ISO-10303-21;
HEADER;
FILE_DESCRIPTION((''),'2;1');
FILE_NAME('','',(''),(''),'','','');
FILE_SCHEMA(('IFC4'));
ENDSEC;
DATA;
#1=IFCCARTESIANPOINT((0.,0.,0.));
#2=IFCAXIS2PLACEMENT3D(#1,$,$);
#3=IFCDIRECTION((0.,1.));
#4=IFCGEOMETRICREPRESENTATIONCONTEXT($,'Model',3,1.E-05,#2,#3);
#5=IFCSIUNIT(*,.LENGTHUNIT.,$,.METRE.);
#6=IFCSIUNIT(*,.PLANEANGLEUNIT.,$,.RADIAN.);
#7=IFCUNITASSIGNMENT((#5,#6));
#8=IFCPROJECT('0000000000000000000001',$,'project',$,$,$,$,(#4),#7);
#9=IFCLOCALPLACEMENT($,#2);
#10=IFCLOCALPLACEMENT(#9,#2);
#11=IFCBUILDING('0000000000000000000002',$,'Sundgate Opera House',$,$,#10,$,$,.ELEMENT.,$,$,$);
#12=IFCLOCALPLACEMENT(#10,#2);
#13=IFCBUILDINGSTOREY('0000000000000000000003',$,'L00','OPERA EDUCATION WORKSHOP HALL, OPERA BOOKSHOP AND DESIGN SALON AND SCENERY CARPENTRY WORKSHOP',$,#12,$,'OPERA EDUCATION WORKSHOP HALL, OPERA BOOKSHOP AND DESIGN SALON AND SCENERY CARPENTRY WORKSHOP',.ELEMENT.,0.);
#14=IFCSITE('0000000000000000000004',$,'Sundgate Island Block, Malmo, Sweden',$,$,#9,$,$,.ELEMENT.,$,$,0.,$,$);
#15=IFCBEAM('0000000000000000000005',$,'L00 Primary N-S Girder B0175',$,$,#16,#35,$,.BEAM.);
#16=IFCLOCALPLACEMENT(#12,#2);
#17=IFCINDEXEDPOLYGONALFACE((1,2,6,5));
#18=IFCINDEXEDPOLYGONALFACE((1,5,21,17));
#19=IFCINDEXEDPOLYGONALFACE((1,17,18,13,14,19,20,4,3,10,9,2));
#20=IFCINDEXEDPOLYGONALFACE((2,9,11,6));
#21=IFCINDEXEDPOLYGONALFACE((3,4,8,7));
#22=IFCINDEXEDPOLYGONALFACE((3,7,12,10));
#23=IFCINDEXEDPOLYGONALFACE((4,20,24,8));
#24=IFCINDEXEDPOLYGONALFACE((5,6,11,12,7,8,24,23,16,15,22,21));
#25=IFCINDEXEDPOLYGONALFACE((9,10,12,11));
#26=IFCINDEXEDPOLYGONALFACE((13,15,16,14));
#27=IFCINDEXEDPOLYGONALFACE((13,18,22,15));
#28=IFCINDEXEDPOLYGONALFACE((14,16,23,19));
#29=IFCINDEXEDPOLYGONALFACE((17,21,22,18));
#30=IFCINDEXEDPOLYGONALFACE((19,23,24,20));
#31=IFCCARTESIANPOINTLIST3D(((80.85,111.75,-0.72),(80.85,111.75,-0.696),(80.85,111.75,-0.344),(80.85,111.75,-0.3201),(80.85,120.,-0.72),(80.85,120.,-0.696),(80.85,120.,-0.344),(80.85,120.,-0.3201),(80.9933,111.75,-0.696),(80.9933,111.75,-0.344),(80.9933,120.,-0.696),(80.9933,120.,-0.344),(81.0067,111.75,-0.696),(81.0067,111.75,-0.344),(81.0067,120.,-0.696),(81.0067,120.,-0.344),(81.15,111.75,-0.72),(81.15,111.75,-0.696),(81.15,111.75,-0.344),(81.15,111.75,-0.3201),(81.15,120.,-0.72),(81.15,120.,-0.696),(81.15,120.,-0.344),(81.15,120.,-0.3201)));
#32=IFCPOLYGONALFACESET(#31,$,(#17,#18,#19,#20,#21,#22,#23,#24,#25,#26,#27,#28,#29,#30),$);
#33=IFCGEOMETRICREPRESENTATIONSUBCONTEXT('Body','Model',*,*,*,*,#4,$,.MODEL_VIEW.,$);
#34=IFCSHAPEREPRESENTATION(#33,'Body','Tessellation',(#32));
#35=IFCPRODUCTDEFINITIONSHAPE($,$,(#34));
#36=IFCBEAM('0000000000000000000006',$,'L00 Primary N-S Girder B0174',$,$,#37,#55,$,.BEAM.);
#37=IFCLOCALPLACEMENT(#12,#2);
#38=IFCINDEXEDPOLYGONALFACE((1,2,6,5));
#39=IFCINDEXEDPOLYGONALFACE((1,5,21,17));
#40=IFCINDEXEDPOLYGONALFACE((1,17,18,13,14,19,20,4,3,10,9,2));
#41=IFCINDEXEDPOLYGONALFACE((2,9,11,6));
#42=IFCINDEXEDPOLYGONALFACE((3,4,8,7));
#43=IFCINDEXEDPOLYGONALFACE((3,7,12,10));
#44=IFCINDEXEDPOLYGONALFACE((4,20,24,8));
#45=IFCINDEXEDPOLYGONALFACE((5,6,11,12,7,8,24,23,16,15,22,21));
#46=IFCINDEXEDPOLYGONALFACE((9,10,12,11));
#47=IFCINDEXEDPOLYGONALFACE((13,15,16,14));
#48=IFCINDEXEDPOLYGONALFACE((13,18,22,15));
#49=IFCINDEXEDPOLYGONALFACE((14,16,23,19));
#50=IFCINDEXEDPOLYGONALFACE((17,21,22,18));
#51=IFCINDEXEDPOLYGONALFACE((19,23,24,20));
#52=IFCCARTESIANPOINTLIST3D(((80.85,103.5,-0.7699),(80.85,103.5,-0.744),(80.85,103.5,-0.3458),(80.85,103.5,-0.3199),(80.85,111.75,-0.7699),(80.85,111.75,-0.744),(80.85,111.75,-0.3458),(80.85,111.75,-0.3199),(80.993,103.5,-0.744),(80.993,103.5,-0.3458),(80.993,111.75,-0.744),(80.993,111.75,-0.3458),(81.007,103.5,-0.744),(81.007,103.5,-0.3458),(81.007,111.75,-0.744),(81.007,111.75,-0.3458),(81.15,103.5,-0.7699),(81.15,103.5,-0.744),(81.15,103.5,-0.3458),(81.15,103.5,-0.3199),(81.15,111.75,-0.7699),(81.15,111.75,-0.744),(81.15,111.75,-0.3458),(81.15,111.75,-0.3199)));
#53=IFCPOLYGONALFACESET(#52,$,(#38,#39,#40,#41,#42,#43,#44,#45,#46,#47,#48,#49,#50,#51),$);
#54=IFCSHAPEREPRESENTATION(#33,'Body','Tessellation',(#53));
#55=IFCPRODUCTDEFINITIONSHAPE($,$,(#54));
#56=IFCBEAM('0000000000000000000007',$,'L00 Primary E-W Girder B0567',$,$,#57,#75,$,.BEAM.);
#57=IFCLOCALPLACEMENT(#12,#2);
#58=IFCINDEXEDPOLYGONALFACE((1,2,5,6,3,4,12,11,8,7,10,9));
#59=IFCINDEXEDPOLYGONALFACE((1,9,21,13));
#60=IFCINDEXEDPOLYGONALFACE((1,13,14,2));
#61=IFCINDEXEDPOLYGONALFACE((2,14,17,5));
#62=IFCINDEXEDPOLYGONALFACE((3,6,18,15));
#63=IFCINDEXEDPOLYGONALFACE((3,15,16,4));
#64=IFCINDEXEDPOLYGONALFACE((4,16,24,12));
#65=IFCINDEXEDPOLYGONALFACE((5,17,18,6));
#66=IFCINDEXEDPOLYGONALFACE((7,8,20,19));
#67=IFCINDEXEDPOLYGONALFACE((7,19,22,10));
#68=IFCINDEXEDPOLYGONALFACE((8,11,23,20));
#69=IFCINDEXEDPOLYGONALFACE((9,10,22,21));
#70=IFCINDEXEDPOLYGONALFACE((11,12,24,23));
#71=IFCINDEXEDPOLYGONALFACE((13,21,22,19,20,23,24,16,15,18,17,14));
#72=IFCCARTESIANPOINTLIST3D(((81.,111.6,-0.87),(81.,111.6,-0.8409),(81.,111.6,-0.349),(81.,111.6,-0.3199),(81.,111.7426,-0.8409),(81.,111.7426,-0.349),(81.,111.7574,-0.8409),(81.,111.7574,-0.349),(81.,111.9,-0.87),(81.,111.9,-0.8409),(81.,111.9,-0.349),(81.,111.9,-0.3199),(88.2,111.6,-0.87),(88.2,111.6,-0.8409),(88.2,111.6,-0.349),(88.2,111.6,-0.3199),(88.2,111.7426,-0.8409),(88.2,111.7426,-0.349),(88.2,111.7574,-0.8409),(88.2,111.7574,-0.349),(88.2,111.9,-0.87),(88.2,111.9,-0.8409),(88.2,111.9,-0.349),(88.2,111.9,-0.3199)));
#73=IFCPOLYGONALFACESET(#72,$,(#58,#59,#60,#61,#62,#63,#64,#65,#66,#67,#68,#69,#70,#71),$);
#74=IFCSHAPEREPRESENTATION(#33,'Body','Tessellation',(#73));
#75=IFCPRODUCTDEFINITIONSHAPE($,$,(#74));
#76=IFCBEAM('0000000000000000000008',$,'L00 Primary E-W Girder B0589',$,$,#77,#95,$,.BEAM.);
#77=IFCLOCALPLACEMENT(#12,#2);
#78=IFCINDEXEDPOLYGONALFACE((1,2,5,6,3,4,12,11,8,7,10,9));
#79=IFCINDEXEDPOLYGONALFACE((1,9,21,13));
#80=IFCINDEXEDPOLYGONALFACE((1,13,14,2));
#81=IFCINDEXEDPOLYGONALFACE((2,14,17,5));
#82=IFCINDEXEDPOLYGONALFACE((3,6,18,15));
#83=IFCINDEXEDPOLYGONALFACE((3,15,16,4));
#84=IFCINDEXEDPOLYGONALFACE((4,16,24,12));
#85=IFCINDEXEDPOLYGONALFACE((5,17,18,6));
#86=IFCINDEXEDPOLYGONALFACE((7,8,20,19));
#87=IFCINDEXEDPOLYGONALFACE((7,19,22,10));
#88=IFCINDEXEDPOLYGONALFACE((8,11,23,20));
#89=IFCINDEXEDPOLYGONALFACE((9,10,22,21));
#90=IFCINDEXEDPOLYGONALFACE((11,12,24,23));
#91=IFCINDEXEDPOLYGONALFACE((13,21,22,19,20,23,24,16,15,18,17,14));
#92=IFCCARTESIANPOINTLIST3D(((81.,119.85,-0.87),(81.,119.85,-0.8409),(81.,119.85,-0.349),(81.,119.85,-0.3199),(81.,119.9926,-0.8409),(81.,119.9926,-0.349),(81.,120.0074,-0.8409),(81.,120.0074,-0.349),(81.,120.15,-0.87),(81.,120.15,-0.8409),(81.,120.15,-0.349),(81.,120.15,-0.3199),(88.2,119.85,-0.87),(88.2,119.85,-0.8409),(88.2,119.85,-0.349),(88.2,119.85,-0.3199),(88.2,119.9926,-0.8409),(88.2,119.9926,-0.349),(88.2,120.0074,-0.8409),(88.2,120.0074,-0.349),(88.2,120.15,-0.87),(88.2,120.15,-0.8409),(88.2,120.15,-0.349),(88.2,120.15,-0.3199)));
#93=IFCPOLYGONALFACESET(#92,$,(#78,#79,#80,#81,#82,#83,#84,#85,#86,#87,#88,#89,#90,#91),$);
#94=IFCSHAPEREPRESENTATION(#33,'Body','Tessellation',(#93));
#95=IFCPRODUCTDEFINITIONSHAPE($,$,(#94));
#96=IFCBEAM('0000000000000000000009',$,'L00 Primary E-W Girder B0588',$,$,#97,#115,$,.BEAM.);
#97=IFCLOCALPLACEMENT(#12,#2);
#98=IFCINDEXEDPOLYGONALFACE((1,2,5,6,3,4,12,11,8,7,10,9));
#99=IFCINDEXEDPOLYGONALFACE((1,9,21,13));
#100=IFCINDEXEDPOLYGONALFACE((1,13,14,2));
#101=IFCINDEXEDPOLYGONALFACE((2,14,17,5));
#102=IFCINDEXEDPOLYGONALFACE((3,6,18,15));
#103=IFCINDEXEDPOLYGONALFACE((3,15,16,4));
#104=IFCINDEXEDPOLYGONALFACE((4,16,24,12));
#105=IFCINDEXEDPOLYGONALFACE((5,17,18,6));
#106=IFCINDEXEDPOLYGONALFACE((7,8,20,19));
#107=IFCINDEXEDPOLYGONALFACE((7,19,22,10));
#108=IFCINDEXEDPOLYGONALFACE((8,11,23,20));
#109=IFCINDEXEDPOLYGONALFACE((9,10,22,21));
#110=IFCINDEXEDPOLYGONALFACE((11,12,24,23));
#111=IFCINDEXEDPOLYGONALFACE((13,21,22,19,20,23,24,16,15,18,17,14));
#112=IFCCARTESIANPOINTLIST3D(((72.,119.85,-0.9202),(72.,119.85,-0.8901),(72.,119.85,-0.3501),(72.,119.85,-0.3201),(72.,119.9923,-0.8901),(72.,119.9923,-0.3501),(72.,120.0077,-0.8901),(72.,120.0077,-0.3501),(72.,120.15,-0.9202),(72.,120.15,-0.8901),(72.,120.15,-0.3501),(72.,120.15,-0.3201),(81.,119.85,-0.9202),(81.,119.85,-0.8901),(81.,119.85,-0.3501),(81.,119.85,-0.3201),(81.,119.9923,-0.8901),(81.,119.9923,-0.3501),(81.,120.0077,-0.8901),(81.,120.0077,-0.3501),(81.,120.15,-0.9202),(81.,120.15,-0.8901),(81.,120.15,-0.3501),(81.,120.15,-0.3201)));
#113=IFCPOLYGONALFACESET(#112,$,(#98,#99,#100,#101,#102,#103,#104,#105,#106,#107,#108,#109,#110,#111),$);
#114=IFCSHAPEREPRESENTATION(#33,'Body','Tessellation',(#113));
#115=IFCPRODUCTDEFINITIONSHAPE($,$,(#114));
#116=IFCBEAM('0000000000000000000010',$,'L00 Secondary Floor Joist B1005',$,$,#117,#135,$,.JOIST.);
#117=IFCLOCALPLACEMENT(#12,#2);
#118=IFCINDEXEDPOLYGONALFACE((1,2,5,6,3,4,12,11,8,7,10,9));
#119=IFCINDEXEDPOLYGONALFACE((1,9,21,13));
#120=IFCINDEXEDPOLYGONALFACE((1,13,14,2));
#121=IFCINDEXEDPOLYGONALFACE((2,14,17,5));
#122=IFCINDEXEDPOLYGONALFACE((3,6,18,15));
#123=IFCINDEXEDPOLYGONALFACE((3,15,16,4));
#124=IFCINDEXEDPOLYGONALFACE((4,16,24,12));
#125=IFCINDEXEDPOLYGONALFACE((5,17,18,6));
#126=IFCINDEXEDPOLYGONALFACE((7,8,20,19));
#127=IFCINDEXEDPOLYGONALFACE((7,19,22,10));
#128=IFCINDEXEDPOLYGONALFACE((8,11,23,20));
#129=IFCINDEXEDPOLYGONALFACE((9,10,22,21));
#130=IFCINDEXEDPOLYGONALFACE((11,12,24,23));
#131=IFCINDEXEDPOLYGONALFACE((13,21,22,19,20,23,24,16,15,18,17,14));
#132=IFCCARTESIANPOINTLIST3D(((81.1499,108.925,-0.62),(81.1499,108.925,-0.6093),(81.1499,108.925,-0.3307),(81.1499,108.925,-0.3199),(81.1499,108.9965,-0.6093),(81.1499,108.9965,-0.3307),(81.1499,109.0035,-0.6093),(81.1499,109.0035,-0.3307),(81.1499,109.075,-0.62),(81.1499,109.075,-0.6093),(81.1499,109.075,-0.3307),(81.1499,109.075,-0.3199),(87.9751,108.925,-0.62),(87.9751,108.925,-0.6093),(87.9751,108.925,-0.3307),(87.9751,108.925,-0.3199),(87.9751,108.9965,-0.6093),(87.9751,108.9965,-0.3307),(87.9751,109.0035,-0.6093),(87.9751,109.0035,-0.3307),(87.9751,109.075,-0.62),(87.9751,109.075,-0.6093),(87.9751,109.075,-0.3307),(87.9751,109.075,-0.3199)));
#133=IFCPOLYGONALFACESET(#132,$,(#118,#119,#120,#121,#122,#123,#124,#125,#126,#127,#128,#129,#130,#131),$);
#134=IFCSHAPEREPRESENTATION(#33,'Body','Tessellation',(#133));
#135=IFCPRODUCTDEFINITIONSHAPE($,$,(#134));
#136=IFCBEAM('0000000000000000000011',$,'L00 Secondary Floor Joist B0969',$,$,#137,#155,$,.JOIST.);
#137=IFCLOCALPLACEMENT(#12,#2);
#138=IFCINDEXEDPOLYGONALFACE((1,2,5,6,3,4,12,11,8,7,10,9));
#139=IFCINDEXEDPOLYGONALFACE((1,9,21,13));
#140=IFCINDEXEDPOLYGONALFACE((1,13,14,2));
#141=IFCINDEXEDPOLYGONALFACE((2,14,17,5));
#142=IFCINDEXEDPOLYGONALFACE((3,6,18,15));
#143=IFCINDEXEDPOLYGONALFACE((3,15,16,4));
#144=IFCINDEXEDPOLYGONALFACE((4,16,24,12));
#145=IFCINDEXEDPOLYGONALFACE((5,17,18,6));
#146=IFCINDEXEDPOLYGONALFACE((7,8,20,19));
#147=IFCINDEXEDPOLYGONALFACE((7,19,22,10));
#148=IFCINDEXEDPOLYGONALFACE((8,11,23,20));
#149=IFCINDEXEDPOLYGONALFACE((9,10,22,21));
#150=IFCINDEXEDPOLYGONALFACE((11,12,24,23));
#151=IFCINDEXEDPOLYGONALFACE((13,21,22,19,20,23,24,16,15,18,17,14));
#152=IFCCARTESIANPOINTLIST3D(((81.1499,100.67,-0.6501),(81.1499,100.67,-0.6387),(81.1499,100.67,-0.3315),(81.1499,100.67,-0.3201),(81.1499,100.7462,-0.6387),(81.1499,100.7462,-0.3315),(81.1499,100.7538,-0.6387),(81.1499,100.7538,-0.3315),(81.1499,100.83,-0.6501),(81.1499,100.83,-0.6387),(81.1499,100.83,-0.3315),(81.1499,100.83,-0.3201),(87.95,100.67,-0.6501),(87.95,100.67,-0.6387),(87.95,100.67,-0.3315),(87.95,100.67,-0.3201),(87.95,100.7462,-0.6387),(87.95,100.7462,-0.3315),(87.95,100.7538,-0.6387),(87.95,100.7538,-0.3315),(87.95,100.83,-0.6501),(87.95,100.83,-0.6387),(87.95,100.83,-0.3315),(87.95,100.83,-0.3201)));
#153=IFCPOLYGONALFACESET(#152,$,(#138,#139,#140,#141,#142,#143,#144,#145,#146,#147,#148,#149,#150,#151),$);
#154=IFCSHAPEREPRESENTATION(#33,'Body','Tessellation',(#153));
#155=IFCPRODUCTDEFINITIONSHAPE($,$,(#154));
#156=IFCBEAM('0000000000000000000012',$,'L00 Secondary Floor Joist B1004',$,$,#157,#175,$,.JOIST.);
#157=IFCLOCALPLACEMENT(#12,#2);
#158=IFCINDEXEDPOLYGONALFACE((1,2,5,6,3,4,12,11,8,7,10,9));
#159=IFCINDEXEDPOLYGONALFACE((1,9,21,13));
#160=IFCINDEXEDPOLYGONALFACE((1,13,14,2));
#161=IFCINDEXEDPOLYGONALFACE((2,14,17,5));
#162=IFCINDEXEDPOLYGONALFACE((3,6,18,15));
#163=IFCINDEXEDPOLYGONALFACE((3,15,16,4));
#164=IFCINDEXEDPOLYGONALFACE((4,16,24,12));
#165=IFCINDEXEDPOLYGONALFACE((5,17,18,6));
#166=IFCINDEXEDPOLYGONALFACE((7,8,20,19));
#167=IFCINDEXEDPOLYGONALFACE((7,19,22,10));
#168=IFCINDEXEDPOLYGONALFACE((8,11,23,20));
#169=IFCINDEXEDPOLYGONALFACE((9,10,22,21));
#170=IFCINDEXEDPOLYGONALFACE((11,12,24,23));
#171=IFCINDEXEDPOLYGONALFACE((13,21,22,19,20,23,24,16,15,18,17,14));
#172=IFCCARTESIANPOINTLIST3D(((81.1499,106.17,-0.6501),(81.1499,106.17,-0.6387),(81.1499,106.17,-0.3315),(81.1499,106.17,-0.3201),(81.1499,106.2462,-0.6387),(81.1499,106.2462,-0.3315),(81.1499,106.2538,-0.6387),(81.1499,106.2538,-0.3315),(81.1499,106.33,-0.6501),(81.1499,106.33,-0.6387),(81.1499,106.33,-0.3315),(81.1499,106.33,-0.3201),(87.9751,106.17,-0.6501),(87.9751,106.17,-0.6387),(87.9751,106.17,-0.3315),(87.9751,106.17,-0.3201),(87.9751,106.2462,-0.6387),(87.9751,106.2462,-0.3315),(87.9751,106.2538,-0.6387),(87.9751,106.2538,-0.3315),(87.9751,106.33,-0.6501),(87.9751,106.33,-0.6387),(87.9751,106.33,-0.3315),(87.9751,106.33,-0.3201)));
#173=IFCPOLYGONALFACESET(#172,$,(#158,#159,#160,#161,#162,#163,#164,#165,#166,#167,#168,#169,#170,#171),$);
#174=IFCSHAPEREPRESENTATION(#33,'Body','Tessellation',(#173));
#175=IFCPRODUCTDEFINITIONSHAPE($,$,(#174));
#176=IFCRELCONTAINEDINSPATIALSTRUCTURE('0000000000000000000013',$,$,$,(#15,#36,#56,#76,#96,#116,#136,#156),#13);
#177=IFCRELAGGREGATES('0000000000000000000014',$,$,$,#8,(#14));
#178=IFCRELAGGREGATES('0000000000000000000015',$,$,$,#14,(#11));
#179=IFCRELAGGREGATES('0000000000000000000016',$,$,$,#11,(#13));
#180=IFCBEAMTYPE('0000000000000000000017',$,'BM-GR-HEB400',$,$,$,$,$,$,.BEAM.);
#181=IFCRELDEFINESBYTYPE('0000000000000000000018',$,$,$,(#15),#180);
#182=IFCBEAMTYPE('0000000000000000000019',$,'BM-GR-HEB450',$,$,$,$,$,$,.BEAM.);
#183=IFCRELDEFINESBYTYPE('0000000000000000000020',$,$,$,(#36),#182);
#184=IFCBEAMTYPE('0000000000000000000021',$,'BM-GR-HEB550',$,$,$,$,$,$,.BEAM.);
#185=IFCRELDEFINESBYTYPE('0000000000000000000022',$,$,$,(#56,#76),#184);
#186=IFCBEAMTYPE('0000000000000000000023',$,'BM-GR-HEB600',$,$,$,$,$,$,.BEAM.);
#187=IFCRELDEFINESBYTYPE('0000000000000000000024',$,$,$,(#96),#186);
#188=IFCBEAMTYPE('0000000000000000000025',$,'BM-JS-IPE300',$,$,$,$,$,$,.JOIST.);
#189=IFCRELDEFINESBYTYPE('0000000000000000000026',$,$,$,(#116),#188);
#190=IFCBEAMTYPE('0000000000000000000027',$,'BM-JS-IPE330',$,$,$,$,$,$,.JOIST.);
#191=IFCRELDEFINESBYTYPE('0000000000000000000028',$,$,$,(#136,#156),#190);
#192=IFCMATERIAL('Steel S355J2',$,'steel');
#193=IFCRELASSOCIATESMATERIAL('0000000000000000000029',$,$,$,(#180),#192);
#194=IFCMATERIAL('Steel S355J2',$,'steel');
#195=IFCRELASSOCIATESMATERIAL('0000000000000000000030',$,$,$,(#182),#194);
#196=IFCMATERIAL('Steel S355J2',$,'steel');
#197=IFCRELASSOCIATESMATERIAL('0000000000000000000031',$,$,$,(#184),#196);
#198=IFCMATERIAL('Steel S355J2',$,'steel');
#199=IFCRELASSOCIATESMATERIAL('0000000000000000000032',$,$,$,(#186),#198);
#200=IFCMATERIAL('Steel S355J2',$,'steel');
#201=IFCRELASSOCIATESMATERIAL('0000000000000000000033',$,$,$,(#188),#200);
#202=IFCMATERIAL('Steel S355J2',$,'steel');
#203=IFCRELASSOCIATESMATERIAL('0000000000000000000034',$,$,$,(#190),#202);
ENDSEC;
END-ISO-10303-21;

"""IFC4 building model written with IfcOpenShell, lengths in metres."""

from ifc_helpers import new_model, si_unit, direction, frame, origin, origin_2d, place, context, subcontext, project, spatial, i_section, extrude, material, material_profile, profile_set, type_object, element, save


model = new_model("IFC4")

# Units and contexts
model_context = context("Model", 3, precision=1e-05, world=origin(), true_north=direction((0.0, 1.0)))
body_context = subcontext(model_context, "Body", "Model", "MODEL_VIEW")
ifc_project = project(units=[si_unit("LENGTHUNIT", "METRE"), si_unit("PLANEANGLEUNIT", "RADIAN")], contexts=[model_context])

# Site, building, storey
site_placement = place(None, origin())
site = spatial("IfcSite", under=ifc_project, at=site_placement, Name="Sundgate Island Block, Malmo, Sweden", CompositionType="ELEMENT", RefElevation=0.0)
building_placement = place(site_placement, origin())
building = spatial("IfcBuilding", under=site, at=building_placement, Name="Sundgate Opera House", CompositionType="ELEMENT")
storey_placement = place(building_placement, origin())
storey = spatial("IfcBuildingStorey", under=building, at=storey_placement, Name="L00", Description="OPERA EDUCATION WORKSHOP HALL, OPERA BOOKSHOP AND DESIGN SALON AND SCENERY CARPENTRY WORKSHOP", LongName="OPERA EDUCATION WORKSHOP HALL, OPERA BOOKSHOP AND DESIGN SALON AND SCENERY CARPENTRY WORKSHOP", CompositionType="ELEMENT", Elevation=0.0)

# Beams
ifc_material_1 = material(Name="Steel S355J2", Category="steel")
ifc_material_profile_1 = material_profile(ifc_material_1, i_section(OverallWidth=0.3, OverallDepth=0.3999, WebThickness=0.0134, FlangeThickness=0.0239, at=origin_2d()), Name="HEB 400")
ifc_profile_set_1 = profile_set([ifc_material_profile_1], Name="Steel S355J2")
beam_type_1 = type_object("IfcBeamType", Name="BM-GR-HEB400", PredefinedType="BEAM", material=ifc_profile_set_1)
beam_1_placement = place(storey_placement, frame((81.0, 111.75, -0.52), z_axis=(0.0, 1.0, 0.0), x_axis=(-1.0, 0.0, 0.0)))
element("IfcBeam", 1, at=beam_1_placement, inside=storey, type_object=beam_type_1, Name="L00 Primary N-S Girder B0175", PredefinedType="BEAM", context=body_context, shape_type="SweptSolid", body=[
    extrude(i_section(OverallWidth=0.3, OverallDepth=0.3999, WebThickness=0.0134, FlangeThickness=0.0239, at=origin_2d()), origin(), (0.0, 0.0, 1.0), 8.25),
])
ifc_material_2 = material(Name="Steel S355J2", Category="steel")
ifc_material_profile_2 = material_profile(ifc_material_2, i_section(OverallWidth=0.3, OverallDepth=0.45, WebThickness=0.0139, FlangeThickness=0.0259, at=origin_2d()), Name="HEB 450")
ifc_profile_set_2 = profile_set([ifc_material_profile_2], Name="Steel S355J2")
beam_type_2 = type_object("IfcBeamType", Name="BM-GR-HEB450", PredefinedType="BEAM", material=ifc_profile_set_2)
beam_2_placement = place(storey_placement, frame((81.0, 103.5, -0.5449), z_axis=(0.0, 1.0, 0.0), x_axis=(-1.0, 0.0, 0.0)))
element("IfcBeam", 2, at=beam_2_placement, inside=storey, type_object=beam_type_2, Name="L00 Primary N-S Girder B0174", PredefinedType="BEAM", context=body_context, shape_type="SweptSolid", body=[
    extrude(i_section(OverallWidth=0.3, OverallDepth=0.45, WebThickness=0.0139, FlangeThickness=0.0259, at=origin_2d()), origin(), (0.0, 0.0, 1.0), 8.25),
])
ifc_material_3 = material(Name="Steel S355J2", Category="steel")
ifc_material_profile_3 = material_profile(ifc_material_3, i_section(OverallWidth=0.3, OverallDepth=0.55, WebThickness=0.0149, FlangeThickness=0.0291, at=origin_2d()), Name="HEB 550")
ifc_profile_set_3 = profile_set([ifc_material_profile_3], Name="Steel S355J2")
beam_type_3 = type_object("IfcBeamType", Name="BM-GR-HEB550", PredefinedType="BEAM", material=ifc_profile_set_3)
for number, where, z_axis, x_axis, name in (
    (3, (81.0, 111.75, -0.595), (1.0, 0.0, 0.0), (0.0, 1.0, 0.0), "L00 Primary E-W Girder B0567"),
    (4, (81.0, 120.0, -0.595), (1.0, 0.0, 0.0), (0.0, 1.0, 0.0), "L00 Primary E-W Girder B0589"),
):
    element("IfcBeam", number, at=place(storey_placement, frame(where, z_axis=z_axis, x_axis=x_axis)), inside=storey, type_object=beam_type_3, Name=name, PredefinedType="BEAM", context=body_context, shape_type="SweptSolid", body=[
        extrude(i_section(OverallWidth=0.3, OverallDepth=0.55, WebThickness=0.0149, FlangeThickness=0.0291, at=origin_2d()), origin(), (0.0, 0.0, 1.0), 7.2),
    ])
ifc_material_4 = material(Name="Steel S355J2", Category="steel")
ifc_material_profile_4 = material_profile(ifc_material_4, i_section(OverallWidth=0.3, OverallDepth=0.6001, WebThickness=0.0154, FlangeThickness=0.03, at=origin_2d()), Name="HEB 600")
ifc_profile_set_4 = profile_set([ifc_material_profile_4], Name="Steel S355J2")
beam_type_4 = type_object("IfcBeamType", Name="BM-GR-HEB600", PredefinedType="BEAM", material=ifc_profile_set_4)
beam_3_placement = place(storey_placement, frame((72.0, 120.0, -0.6201), z_axis=(1.0, 0.0, 0.0), x_axis=(0.0, 1.0, 0.0)))
element("IfcBeam", 5, at=beam_3_placement, inside=storey, type_object=beam_type_4, Name="L00 Primary E-W Girder B0588", PredefinedType="BEAM", context=body_context, shape_type="SweptSolid", body=[
    extrude(i_section(OverallWidth=0.3, OverallDepth=0.6001, WebThickness=0.0154, FlangeThickness=0.03, at=origin_2d()), origin(), (0.0, 0.0, 1.0), 9.0),
])
ifc_material_5 = material(Name="Steel S355J2", Category="steel")
ifc_material_profile_5 = material_profile(ifc_material_5, i_section(OverallWidth=0.1499, OverallDepth=0.3, WebThickness=0.0071, FlangeThickness=0.0107, at=origin_2d()), Name="IPE 300")
ifc_profile_set_5 = profile_set([ifc_material_profile_5], Name="Steel S355J2")
beam_type_5 = type_object("IfcBeamType", Name="BM-JS-IPE300", PredefinedType="JOIST", material=ifc_profile_set_5)
beam_4_placement = place(storey_placement, frame((81.1499, 109.0, -0.47), z_axis=(1.0, 0.0, 0.0), x_axis=(0.0, 1.0, 0.0)))
element("IfcBeam", 6, at=beam_4_placement, inside=storey, type_object=beam_type_5, Name="L00 Secondary Floor Joist B1005", PredefinedType="JOIST", context=body_context, shape_type="SweptSolid", body=[
    extrude(i_section(OverallWidth=0.1499, OverallDepth=0.3, WebThickness=0.0071, FlangeThickness=0.0107, at=origin_2d()), origin(), (0.0, 0.0, 1.0), 6.8252),
])
ifc_material_6 = material(Name="Steel S355J2", Category="steel")
ifc_material_profile_6 = material_profile(ifc_material_6, i_section(OverallWidth=0.1599, OverallDepth=0.3301, WebThickness=0.0076, FlangeThickness=0.0115, at=origin_2d()), Name="IPE 330")
ifc_profile_set_6 = profile_set([ifc_material_profile_6], Name="Steel S355J2")
beam_type_6 = type_object("IfcBeamType", Name="BM-JS-IPE330", PredefinedType="JOIST", material=ifc_profile_set_6)
beam_5_placement = place(storey_placement, frame((81.1499, 100.75, -0.4851), z_axis=(1.0, 0.0, 0.0), x_axis=(0.0, 1.0, 0.0)))
element("IfcBeam", 7, at=beam_5_placement, inside=storey, type_object=beam_type_6, Name="L00 Secondary Floor Joist B0969", PredefinedType="JOIST", context=body_context, shape_type="SweptSolid", body=[
    extrude(i_section(OverallWidth=0.1599, OverallDepth=0.3301, WebThickness=0.0076, FlangeThickness=0.0115, at=origin_2d()), origin(), (0.0, 0.0, 1.0), 6.8),
])
beam_6_placement = place(storey_placement, frame((81.1499, 106.25, -0.4851), z_axis=(1.0, 0.0, 0.0), x_axis=(0.0, 1.0, 0.0)))
element("IfcBeam", 8, at=beam_6_placement, inside=storey, type_object=beam_type_6, Name="L00 Secondary Floor Joist B1004", PredefinedType="JOIST", context=body_context, shape_type="SweptSolid", body=[
    extrude(i_section(OverallWidth=0.1599, OverallDepth=0.3301, WebThickness=0.0076, FlangeThickness=0.0115, at=origin_2d()), origin(), (0.0, 0.0, 1.0), 6.8252),
])

save(model, "model.ifc")
